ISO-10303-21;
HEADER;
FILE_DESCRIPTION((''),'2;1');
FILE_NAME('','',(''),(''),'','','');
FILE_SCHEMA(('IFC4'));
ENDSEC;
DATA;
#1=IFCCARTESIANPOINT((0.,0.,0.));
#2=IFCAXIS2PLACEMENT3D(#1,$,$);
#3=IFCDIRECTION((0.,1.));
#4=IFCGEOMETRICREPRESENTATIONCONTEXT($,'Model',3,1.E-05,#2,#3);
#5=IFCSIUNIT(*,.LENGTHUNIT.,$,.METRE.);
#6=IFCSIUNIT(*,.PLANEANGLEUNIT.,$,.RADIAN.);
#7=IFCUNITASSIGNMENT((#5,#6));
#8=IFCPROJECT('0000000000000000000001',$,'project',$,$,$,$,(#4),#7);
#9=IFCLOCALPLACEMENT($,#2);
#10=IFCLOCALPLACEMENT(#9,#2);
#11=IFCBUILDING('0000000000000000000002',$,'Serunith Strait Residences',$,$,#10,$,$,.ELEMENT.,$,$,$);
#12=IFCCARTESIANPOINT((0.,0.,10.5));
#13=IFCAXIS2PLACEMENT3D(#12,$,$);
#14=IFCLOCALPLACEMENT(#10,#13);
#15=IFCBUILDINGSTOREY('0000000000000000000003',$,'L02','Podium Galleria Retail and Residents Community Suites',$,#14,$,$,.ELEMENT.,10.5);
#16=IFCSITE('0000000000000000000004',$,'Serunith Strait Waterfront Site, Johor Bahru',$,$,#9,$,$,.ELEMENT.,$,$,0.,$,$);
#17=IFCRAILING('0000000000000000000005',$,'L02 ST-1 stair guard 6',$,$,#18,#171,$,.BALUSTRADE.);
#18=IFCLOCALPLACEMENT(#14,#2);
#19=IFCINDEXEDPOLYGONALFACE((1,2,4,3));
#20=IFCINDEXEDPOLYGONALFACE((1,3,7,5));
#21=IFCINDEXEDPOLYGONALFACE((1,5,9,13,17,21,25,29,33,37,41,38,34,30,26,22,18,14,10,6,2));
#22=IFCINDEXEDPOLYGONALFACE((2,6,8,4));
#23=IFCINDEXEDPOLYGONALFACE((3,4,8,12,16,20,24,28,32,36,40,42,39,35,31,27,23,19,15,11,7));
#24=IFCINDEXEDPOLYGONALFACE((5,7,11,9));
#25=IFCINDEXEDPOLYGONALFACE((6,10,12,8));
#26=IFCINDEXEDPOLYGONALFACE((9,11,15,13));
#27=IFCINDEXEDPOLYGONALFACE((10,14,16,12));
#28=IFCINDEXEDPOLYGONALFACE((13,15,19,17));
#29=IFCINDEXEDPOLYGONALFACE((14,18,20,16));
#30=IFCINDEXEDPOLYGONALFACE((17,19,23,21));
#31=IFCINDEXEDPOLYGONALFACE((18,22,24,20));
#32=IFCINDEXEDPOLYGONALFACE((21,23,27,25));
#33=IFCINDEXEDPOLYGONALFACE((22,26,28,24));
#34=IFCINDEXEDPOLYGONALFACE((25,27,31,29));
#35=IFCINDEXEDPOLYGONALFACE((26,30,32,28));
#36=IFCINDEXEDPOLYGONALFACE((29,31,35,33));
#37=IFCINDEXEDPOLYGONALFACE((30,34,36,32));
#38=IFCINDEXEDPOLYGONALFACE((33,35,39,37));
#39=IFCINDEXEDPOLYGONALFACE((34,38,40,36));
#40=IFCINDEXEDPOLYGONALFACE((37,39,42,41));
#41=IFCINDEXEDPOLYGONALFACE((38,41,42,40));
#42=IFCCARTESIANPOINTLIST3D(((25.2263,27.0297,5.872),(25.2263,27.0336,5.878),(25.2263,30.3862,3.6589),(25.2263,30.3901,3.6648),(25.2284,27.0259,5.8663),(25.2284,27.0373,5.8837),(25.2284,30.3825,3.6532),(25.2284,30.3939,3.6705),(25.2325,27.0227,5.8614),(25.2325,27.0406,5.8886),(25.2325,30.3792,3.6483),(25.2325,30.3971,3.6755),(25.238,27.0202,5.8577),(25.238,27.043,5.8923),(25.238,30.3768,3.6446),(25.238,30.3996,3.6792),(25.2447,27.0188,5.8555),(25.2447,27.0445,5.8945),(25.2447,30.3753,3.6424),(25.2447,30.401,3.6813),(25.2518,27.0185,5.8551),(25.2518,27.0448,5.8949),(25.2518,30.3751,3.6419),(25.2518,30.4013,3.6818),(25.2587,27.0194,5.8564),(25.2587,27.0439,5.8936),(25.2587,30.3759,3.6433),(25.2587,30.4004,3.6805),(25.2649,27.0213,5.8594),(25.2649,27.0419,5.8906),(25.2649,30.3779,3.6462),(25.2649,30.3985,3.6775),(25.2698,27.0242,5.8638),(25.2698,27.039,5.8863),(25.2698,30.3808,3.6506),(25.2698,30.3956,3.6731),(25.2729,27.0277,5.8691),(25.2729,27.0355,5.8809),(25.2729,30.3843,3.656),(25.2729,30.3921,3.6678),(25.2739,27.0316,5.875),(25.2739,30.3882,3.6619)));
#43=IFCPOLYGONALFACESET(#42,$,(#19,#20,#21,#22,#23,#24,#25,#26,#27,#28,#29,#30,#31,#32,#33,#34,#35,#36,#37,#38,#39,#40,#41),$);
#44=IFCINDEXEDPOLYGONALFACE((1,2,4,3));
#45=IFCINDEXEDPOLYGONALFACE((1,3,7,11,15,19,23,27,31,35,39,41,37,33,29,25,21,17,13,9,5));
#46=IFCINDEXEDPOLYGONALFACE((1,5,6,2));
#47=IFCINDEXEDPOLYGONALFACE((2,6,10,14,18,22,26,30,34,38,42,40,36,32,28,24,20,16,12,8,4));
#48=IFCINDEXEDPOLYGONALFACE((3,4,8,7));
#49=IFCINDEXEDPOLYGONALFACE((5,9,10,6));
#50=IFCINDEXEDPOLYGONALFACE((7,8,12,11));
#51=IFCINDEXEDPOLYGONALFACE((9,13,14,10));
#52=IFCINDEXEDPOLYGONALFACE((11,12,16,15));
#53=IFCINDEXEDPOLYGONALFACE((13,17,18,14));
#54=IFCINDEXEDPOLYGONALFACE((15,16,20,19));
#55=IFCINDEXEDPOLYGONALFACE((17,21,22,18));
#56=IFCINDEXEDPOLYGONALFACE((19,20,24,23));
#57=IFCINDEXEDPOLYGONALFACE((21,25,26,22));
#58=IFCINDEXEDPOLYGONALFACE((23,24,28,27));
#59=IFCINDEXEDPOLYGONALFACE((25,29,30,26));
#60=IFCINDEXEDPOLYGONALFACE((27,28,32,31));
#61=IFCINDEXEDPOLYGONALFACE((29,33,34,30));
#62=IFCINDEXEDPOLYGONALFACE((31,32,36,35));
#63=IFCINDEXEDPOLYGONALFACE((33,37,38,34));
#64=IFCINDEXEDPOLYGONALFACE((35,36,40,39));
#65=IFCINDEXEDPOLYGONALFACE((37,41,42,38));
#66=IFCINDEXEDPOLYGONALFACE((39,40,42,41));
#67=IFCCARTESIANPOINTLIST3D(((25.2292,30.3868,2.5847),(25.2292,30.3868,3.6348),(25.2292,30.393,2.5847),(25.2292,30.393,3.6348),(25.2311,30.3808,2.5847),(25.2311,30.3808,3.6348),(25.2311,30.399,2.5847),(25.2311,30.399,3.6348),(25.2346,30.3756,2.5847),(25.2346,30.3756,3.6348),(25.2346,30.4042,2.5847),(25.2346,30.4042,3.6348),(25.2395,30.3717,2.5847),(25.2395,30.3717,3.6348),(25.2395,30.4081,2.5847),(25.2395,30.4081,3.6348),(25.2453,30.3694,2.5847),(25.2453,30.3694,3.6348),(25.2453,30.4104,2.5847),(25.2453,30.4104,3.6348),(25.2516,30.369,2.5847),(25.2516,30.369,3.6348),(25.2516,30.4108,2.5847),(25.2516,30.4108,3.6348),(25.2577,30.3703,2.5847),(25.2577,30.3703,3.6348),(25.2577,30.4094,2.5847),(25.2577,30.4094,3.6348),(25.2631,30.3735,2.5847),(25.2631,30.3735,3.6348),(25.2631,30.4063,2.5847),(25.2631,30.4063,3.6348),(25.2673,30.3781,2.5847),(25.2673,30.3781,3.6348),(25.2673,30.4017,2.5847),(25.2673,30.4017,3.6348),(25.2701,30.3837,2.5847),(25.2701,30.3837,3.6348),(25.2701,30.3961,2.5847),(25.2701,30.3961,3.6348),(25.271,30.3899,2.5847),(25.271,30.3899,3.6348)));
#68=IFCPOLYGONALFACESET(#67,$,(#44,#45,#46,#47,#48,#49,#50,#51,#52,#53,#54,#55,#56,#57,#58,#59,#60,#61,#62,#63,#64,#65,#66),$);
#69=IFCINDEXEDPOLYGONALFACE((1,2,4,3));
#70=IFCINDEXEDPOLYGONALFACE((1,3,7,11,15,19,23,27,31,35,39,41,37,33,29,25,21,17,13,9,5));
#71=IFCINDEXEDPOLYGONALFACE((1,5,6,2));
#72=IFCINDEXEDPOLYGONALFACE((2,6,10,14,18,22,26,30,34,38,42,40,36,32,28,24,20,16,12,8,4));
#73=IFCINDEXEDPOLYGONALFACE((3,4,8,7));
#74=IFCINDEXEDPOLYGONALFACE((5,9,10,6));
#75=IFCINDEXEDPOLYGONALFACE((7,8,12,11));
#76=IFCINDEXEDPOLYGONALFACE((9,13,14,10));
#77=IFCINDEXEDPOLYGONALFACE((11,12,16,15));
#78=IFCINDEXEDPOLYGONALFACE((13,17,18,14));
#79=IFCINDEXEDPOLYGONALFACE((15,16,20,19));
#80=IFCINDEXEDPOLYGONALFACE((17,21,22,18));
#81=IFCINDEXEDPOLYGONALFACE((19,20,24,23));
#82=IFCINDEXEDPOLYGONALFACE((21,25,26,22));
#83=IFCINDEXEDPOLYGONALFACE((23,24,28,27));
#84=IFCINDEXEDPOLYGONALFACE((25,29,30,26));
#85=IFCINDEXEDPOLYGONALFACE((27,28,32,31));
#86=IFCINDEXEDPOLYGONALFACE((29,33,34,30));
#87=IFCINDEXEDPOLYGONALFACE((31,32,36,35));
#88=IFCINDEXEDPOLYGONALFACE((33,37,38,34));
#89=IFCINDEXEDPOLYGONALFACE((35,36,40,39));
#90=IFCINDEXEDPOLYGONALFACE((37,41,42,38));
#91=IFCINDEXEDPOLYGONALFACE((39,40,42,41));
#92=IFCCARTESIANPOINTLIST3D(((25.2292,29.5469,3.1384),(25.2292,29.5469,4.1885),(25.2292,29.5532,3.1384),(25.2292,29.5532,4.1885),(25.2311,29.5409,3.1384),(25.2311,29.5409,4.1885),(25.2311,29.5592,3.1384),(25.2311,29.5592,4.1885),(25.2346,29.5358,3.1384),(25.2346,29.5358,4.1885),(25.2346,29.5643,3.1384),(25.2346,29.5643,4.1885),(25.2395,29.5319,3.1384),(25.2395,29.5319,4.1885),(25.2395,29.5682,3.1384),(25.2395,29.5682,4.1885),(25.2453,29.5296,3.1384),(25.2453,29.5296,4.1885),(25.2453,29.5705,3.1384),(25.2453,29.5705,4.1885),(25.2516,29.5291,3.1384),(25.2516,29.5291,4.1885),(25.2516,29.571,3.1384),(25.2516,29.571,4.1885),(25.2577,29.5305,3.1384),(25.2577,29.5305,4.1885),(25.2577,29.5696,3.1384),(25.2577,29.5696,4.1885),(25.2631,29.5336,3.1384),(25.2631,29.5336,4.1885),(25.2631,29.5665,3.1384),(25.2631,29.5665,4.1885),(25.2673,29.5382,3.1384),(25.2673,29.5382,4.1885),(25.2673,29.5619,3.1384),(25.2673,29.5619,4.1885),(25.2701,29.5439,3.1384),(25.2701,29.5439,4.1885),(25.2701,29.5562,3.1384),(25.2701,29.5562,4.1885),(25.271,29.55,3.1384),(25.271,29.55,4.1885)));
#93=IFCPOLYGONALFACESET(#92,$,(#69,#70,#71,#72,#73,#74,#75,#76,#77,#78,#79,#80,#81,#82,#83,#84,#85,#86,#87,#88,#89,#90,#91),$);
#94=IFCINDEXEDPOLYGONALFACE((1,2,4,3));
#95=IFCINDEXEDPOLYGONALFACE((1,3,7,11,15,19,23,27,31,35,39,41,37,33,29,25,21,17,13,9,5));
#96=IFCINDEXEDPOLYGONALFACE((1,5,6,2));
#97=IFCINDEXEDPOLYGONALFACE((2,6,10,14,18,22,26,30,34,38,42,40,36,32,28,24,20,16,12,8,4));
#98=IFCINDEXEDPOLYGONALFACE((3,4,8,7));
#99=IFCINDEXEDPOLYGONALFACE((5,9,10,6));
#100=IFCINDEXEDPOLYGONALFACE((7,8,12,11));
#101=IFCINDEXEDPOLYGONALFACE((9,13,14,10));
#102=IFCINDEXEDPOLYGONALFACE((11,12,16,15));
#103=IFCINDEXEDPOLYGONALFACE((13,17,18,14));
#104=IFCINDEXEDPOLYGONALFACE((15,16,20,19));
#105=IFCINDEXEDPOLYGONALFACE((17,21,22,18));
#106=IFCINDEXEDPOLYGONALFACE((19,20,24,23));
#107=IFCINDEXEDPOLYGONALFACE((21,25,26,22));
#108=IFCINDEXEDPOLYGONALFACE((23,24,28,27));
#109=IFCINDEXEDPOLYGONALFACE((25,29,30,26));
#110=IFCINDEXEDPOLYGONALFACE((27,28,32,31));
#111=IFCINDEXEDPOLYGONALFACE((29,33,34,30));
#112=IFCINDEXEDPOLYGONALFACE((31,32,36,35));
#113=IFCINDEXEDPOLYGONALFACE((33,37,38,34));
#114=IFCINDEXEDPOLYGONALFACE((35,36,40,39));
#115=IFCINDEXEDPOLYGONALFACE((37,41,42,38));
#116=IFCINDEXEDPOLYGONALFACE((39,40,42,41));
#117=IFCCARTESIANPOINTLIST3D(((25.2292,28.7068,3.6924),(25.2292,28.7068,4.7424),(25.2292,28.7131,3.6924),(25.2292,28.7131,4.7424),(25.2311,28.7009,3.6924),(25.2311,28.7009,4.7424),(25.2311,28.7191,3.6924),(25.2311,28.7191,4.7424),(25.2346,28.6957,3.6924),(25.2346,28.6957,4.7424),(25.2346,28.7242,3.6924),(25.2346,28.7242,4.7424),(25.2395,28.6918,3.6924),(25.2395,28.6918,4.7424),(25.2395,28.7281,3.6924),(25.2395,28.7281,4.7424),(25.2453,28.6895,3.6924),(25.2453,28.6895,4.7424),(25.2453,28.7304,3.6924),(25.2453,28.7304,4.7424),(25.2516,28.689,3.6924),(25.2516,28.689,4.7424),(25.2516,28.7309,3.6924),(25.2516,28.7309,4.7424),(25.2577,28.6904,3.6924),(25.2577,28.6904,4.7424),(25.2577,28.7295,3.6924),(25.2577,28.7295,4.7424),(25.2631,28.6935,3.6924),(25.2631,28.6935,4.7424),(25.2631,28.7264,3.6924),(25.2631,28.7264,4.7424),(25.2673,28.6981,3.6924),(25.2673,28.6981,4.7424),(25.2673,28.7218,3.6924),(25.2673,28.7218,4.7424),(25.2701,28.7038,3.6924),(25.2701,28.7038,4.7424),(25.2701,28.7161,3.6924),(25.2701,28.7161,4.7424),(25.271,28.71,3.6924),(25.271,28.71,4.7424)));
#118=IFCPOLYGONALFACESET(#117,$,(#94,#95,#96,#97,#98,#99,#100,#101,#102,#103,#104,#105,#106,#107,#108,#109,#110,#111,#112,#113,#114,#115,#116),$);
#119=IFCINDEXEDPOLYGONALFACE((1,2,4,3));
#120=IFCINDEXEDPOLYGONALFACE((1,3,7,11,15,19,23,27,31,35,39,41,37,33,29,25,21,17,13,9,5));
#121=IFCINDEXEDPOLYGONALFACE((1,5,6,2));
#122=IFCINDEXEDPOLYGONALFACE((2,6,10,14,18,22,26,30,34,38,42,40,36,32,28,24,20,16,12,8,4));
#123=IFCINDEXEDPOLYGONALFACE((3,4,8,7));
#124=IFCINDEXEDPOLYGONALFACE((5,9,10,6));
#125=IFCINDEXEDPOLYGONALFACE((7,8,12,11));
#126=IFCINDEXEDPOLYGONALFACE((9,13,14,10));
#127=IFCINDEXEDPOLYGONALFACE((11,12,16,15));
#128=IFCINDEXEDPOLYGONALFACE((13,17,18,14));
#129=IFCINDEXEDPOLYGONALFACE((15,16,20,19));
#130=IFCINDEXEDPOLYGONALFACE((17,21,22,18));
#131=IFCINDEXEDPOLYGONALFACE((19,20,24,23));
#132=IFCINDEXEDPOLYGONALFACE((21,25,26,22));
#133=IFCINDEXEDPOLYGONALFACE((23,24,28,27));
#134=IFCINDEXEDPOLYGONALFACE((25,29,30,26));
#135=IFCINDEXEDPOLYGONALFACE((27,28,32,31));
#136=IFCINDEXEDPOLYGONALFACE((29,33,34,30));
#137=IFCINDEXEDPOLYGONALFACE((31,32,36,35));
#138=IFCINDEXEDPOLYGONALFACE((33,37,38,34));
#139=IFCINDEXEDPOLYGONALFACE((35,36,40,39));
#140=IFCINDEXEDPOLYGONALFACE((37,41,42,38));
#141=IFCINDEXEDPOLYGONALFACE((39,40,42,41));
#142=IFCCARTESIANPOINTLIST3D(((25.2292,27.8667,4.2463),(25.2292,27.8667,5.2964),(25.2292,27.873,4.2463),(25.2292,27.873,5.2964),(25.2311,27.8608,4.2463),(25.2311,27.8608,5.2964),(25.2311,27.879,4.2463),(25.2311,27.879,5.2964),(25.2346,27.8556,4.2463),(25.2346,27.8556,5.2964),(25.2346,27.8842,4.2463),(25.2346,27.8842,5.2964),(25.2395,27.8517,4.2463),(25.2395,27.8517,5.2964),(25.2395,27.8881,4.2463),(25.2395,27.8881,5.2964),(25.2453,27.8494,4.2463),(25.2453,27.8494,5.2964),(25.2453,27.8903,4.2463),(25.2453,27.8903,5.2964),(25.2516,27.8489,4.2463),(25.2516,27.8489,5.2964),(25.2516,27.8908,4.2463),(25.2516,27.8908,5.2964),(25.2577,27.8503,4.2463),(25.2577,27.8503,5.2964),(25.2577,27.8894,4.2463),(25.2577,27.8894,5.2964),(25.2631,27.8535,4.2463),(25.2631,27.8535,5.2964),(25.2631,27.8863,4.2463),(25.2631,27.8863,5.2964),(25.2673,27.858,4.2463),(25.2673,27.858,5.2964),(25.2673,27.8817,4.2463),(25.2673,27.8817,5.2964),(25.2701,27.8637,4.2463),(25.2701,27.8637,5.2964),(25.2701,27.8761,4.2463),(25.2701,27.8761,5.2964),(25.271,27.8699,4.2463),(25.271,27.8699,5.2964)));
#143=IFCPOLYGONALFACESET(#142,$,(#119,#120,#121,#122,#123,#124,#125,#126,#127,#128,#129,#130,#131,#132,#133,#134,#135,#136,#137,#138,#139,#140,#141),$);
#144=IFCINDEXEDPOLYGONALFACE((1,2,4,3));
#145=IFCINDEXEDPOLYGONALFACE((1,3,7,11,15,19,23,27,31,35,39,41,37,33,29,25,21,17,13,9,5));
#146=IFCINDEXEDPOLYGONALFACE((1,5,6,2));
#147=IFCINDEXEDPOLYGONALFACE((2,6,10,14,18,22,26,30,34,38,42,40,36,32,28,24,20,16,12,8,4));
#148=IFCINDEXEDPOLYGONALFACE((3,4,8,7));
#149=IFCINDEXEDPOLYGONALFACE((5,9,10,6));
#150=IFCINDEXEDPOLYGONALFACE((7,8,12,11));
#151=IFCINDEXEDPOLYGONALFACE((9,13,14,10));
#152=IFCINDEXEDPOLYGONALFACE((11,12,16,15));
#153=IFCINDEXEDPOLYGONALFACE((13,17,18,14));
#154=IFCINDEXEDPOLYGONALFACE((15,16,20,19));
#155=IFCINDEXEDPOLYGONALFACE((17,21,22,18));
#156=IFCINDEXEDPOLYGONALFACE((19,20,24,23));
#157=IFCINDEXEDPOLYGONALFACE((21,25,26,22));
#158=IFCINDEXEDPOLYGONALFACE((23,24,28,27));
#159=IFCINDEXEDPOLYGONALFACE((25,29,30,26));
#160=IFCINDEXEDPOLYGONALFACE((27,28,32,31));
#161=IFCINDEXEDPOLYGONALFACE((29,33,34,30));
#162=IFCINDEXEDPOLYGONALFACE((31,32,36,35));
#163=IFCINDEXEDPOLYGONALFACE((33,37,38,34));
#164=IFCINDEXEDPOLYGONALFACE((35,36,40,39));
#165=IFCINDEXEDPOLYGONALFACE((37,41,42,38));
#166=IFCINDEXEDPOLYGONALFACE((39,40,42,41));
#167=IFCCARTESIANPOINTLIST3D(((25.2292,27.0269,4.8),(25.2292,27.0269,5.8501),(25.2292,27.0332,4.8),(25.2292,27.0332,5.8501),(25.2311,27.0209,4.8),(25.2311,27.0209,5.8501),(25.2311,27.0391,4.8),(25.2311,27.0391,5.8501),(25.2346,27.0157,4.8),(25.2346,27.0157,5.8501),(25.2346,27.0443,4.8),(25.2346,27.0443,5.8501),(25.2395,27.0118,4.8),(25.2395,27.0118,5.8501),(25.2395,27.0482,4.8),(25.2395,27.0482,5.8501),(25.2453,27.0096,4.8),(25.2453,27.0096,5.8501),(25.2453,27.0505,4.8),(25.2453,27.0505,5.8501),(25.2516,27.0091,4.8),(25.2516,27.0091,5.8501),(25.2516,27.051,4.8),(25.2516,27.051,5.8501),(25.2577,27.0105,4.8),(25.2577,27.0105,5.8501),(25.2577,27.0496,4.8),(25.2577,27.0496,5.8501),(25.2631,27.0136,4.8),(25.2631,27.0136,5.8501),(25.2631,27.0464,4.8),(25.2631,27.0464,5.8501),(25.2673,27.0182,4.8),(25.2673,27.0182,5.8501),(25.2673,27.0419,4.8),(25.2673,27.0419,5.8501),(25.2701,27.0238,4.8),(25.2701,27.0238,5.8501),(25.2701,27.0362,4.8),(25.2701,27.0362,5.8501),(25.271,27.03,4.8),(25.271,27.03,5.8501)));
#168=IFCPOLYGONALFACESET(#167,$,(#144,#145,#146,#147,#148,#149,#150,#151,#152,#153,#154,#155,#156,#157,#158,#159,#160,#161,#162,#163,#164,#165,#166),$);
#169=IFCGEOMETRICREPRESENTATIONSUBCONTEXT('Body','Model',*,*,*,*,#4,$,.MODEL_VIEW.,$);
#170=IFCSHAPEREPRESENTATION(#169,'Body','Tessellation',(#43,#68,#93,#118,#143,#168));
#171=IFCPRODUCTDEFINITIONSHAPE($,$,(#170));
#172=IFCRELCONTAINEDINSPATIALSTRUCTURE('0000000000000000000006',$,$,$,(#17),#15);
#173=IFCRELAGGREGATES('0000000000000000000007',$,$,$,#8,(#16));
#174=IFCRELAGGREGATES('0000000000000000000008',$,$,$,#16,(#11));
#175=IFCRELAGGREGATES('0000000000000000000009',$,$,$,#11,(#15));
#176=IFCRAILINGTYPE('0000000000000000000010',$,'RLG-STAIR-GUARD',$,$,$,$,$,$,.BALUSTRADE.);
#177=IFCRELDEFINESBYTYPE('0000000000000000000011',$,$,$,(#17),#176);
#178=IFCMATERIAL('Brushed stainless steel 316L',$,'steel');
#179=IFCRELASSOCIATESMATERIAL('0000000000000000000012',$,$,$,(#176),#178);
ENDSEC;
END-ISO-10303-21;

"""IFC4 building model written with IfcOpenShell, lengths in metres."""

from ifc_helpers import new_model, si_unit, direction, frame, origin, origin_2d, place, context, subcontext, project, spatial, circle, extrude, material, type_object, element, save


model = new_model("IFC4")

# Units and contexts
model_context = context("Model", 3, precision=1e-05, world=origin(), true_north=direction((0.0, 1.0)))
body_context = subcontext(model_context, "Body", "Model", "MODEL_VIEW")
ifc_project = project(units=[si_unit("LENGTHUNIT", "METRE"), si_unit("PLANEANGLEUNIT", "RADIAN")], contexts=[model_context])

# Site, building, storey
site_placement = place(None, origin())
site = spatial("IfcSite", under=ifc_project, at=site_placement, Name="Serunith Strait Waterfront Site, Johor Bahru", CompositionType="ELEMENT", RefElevation=0.0)
building_placement = place(site_placement, origin())
building = spatial("IfcBuilding", under=site, at=building_placement, Name="Serunith Strait Residences", CompositionType="ELEMENT")
storey_placement = place(building_placement, frame((0.0, 0.0, 10.5)))
storey = spatial("IfcBuildingStorey", under=building, at=storey_placement, Name="L02", Description="Podium Galleria Retail and Residents Community Suites", CompositionType="ELEMENT", Elevation=10.5)

# Railing
ifc_material_1 = material(Name="Brushed stainless steel 316L", Category="steel")
railing_type_1 = type_object("IfcRailingType", Name="RLG-STAIR-GUARD", PredefinedType="BALUSTRADE", material=ifc_material_1)
railing_1_placement = place(storey_placement, frame((25.25, 30.3899, 2.5847)))
element("IfcRailing", 1, at=railing_1_placement, inside=storey, type_object=railing_type_1, Name="L02 ST-1 stair guard 6", PredefinedType="BALUSTRADE", context=body_context, shape_type="SweptSolid", body=[
    extrude(circle(Radius=0.0239, at=origin_2d()), frame((0.0, -0.0017, 1.0771), z_axis=(0.0, -0.834858, 0.550465), x_axis=(1.0, 0.0, 0.0)), (0.0, 0.0, 1.0), 4.0205),
    extrude(circle(Radius=0.021, at=origin_2d()), origin(), (0.0, 0.0, 1.0), 1.05),
    extrude(circle(Radius=0.021, at=origin_2d()), frame((0.0, -0.8398, 0.5537)), (0.0, 0.0, 1.0), 1.05),
    extrude(circle(Radius=0.021, at=origin_2d()), frame((0.0, -1.6799, 1.1077)), (0.0, 0.0, 1.0), 1.05),
    extrude(circle(Radius=0.021, at=origin_2d()), frame((0.0, -2.52, 1.6616)), (0.0, 0.0, 1.0), 1.05),
    extrude(circle(Radius=0.021, at=origin_2d()), frame((0.0, -3.3599, 2.2153)), (0.0, 0.0, 1.0), 1.05),
])

save(model, "model.ifc")
